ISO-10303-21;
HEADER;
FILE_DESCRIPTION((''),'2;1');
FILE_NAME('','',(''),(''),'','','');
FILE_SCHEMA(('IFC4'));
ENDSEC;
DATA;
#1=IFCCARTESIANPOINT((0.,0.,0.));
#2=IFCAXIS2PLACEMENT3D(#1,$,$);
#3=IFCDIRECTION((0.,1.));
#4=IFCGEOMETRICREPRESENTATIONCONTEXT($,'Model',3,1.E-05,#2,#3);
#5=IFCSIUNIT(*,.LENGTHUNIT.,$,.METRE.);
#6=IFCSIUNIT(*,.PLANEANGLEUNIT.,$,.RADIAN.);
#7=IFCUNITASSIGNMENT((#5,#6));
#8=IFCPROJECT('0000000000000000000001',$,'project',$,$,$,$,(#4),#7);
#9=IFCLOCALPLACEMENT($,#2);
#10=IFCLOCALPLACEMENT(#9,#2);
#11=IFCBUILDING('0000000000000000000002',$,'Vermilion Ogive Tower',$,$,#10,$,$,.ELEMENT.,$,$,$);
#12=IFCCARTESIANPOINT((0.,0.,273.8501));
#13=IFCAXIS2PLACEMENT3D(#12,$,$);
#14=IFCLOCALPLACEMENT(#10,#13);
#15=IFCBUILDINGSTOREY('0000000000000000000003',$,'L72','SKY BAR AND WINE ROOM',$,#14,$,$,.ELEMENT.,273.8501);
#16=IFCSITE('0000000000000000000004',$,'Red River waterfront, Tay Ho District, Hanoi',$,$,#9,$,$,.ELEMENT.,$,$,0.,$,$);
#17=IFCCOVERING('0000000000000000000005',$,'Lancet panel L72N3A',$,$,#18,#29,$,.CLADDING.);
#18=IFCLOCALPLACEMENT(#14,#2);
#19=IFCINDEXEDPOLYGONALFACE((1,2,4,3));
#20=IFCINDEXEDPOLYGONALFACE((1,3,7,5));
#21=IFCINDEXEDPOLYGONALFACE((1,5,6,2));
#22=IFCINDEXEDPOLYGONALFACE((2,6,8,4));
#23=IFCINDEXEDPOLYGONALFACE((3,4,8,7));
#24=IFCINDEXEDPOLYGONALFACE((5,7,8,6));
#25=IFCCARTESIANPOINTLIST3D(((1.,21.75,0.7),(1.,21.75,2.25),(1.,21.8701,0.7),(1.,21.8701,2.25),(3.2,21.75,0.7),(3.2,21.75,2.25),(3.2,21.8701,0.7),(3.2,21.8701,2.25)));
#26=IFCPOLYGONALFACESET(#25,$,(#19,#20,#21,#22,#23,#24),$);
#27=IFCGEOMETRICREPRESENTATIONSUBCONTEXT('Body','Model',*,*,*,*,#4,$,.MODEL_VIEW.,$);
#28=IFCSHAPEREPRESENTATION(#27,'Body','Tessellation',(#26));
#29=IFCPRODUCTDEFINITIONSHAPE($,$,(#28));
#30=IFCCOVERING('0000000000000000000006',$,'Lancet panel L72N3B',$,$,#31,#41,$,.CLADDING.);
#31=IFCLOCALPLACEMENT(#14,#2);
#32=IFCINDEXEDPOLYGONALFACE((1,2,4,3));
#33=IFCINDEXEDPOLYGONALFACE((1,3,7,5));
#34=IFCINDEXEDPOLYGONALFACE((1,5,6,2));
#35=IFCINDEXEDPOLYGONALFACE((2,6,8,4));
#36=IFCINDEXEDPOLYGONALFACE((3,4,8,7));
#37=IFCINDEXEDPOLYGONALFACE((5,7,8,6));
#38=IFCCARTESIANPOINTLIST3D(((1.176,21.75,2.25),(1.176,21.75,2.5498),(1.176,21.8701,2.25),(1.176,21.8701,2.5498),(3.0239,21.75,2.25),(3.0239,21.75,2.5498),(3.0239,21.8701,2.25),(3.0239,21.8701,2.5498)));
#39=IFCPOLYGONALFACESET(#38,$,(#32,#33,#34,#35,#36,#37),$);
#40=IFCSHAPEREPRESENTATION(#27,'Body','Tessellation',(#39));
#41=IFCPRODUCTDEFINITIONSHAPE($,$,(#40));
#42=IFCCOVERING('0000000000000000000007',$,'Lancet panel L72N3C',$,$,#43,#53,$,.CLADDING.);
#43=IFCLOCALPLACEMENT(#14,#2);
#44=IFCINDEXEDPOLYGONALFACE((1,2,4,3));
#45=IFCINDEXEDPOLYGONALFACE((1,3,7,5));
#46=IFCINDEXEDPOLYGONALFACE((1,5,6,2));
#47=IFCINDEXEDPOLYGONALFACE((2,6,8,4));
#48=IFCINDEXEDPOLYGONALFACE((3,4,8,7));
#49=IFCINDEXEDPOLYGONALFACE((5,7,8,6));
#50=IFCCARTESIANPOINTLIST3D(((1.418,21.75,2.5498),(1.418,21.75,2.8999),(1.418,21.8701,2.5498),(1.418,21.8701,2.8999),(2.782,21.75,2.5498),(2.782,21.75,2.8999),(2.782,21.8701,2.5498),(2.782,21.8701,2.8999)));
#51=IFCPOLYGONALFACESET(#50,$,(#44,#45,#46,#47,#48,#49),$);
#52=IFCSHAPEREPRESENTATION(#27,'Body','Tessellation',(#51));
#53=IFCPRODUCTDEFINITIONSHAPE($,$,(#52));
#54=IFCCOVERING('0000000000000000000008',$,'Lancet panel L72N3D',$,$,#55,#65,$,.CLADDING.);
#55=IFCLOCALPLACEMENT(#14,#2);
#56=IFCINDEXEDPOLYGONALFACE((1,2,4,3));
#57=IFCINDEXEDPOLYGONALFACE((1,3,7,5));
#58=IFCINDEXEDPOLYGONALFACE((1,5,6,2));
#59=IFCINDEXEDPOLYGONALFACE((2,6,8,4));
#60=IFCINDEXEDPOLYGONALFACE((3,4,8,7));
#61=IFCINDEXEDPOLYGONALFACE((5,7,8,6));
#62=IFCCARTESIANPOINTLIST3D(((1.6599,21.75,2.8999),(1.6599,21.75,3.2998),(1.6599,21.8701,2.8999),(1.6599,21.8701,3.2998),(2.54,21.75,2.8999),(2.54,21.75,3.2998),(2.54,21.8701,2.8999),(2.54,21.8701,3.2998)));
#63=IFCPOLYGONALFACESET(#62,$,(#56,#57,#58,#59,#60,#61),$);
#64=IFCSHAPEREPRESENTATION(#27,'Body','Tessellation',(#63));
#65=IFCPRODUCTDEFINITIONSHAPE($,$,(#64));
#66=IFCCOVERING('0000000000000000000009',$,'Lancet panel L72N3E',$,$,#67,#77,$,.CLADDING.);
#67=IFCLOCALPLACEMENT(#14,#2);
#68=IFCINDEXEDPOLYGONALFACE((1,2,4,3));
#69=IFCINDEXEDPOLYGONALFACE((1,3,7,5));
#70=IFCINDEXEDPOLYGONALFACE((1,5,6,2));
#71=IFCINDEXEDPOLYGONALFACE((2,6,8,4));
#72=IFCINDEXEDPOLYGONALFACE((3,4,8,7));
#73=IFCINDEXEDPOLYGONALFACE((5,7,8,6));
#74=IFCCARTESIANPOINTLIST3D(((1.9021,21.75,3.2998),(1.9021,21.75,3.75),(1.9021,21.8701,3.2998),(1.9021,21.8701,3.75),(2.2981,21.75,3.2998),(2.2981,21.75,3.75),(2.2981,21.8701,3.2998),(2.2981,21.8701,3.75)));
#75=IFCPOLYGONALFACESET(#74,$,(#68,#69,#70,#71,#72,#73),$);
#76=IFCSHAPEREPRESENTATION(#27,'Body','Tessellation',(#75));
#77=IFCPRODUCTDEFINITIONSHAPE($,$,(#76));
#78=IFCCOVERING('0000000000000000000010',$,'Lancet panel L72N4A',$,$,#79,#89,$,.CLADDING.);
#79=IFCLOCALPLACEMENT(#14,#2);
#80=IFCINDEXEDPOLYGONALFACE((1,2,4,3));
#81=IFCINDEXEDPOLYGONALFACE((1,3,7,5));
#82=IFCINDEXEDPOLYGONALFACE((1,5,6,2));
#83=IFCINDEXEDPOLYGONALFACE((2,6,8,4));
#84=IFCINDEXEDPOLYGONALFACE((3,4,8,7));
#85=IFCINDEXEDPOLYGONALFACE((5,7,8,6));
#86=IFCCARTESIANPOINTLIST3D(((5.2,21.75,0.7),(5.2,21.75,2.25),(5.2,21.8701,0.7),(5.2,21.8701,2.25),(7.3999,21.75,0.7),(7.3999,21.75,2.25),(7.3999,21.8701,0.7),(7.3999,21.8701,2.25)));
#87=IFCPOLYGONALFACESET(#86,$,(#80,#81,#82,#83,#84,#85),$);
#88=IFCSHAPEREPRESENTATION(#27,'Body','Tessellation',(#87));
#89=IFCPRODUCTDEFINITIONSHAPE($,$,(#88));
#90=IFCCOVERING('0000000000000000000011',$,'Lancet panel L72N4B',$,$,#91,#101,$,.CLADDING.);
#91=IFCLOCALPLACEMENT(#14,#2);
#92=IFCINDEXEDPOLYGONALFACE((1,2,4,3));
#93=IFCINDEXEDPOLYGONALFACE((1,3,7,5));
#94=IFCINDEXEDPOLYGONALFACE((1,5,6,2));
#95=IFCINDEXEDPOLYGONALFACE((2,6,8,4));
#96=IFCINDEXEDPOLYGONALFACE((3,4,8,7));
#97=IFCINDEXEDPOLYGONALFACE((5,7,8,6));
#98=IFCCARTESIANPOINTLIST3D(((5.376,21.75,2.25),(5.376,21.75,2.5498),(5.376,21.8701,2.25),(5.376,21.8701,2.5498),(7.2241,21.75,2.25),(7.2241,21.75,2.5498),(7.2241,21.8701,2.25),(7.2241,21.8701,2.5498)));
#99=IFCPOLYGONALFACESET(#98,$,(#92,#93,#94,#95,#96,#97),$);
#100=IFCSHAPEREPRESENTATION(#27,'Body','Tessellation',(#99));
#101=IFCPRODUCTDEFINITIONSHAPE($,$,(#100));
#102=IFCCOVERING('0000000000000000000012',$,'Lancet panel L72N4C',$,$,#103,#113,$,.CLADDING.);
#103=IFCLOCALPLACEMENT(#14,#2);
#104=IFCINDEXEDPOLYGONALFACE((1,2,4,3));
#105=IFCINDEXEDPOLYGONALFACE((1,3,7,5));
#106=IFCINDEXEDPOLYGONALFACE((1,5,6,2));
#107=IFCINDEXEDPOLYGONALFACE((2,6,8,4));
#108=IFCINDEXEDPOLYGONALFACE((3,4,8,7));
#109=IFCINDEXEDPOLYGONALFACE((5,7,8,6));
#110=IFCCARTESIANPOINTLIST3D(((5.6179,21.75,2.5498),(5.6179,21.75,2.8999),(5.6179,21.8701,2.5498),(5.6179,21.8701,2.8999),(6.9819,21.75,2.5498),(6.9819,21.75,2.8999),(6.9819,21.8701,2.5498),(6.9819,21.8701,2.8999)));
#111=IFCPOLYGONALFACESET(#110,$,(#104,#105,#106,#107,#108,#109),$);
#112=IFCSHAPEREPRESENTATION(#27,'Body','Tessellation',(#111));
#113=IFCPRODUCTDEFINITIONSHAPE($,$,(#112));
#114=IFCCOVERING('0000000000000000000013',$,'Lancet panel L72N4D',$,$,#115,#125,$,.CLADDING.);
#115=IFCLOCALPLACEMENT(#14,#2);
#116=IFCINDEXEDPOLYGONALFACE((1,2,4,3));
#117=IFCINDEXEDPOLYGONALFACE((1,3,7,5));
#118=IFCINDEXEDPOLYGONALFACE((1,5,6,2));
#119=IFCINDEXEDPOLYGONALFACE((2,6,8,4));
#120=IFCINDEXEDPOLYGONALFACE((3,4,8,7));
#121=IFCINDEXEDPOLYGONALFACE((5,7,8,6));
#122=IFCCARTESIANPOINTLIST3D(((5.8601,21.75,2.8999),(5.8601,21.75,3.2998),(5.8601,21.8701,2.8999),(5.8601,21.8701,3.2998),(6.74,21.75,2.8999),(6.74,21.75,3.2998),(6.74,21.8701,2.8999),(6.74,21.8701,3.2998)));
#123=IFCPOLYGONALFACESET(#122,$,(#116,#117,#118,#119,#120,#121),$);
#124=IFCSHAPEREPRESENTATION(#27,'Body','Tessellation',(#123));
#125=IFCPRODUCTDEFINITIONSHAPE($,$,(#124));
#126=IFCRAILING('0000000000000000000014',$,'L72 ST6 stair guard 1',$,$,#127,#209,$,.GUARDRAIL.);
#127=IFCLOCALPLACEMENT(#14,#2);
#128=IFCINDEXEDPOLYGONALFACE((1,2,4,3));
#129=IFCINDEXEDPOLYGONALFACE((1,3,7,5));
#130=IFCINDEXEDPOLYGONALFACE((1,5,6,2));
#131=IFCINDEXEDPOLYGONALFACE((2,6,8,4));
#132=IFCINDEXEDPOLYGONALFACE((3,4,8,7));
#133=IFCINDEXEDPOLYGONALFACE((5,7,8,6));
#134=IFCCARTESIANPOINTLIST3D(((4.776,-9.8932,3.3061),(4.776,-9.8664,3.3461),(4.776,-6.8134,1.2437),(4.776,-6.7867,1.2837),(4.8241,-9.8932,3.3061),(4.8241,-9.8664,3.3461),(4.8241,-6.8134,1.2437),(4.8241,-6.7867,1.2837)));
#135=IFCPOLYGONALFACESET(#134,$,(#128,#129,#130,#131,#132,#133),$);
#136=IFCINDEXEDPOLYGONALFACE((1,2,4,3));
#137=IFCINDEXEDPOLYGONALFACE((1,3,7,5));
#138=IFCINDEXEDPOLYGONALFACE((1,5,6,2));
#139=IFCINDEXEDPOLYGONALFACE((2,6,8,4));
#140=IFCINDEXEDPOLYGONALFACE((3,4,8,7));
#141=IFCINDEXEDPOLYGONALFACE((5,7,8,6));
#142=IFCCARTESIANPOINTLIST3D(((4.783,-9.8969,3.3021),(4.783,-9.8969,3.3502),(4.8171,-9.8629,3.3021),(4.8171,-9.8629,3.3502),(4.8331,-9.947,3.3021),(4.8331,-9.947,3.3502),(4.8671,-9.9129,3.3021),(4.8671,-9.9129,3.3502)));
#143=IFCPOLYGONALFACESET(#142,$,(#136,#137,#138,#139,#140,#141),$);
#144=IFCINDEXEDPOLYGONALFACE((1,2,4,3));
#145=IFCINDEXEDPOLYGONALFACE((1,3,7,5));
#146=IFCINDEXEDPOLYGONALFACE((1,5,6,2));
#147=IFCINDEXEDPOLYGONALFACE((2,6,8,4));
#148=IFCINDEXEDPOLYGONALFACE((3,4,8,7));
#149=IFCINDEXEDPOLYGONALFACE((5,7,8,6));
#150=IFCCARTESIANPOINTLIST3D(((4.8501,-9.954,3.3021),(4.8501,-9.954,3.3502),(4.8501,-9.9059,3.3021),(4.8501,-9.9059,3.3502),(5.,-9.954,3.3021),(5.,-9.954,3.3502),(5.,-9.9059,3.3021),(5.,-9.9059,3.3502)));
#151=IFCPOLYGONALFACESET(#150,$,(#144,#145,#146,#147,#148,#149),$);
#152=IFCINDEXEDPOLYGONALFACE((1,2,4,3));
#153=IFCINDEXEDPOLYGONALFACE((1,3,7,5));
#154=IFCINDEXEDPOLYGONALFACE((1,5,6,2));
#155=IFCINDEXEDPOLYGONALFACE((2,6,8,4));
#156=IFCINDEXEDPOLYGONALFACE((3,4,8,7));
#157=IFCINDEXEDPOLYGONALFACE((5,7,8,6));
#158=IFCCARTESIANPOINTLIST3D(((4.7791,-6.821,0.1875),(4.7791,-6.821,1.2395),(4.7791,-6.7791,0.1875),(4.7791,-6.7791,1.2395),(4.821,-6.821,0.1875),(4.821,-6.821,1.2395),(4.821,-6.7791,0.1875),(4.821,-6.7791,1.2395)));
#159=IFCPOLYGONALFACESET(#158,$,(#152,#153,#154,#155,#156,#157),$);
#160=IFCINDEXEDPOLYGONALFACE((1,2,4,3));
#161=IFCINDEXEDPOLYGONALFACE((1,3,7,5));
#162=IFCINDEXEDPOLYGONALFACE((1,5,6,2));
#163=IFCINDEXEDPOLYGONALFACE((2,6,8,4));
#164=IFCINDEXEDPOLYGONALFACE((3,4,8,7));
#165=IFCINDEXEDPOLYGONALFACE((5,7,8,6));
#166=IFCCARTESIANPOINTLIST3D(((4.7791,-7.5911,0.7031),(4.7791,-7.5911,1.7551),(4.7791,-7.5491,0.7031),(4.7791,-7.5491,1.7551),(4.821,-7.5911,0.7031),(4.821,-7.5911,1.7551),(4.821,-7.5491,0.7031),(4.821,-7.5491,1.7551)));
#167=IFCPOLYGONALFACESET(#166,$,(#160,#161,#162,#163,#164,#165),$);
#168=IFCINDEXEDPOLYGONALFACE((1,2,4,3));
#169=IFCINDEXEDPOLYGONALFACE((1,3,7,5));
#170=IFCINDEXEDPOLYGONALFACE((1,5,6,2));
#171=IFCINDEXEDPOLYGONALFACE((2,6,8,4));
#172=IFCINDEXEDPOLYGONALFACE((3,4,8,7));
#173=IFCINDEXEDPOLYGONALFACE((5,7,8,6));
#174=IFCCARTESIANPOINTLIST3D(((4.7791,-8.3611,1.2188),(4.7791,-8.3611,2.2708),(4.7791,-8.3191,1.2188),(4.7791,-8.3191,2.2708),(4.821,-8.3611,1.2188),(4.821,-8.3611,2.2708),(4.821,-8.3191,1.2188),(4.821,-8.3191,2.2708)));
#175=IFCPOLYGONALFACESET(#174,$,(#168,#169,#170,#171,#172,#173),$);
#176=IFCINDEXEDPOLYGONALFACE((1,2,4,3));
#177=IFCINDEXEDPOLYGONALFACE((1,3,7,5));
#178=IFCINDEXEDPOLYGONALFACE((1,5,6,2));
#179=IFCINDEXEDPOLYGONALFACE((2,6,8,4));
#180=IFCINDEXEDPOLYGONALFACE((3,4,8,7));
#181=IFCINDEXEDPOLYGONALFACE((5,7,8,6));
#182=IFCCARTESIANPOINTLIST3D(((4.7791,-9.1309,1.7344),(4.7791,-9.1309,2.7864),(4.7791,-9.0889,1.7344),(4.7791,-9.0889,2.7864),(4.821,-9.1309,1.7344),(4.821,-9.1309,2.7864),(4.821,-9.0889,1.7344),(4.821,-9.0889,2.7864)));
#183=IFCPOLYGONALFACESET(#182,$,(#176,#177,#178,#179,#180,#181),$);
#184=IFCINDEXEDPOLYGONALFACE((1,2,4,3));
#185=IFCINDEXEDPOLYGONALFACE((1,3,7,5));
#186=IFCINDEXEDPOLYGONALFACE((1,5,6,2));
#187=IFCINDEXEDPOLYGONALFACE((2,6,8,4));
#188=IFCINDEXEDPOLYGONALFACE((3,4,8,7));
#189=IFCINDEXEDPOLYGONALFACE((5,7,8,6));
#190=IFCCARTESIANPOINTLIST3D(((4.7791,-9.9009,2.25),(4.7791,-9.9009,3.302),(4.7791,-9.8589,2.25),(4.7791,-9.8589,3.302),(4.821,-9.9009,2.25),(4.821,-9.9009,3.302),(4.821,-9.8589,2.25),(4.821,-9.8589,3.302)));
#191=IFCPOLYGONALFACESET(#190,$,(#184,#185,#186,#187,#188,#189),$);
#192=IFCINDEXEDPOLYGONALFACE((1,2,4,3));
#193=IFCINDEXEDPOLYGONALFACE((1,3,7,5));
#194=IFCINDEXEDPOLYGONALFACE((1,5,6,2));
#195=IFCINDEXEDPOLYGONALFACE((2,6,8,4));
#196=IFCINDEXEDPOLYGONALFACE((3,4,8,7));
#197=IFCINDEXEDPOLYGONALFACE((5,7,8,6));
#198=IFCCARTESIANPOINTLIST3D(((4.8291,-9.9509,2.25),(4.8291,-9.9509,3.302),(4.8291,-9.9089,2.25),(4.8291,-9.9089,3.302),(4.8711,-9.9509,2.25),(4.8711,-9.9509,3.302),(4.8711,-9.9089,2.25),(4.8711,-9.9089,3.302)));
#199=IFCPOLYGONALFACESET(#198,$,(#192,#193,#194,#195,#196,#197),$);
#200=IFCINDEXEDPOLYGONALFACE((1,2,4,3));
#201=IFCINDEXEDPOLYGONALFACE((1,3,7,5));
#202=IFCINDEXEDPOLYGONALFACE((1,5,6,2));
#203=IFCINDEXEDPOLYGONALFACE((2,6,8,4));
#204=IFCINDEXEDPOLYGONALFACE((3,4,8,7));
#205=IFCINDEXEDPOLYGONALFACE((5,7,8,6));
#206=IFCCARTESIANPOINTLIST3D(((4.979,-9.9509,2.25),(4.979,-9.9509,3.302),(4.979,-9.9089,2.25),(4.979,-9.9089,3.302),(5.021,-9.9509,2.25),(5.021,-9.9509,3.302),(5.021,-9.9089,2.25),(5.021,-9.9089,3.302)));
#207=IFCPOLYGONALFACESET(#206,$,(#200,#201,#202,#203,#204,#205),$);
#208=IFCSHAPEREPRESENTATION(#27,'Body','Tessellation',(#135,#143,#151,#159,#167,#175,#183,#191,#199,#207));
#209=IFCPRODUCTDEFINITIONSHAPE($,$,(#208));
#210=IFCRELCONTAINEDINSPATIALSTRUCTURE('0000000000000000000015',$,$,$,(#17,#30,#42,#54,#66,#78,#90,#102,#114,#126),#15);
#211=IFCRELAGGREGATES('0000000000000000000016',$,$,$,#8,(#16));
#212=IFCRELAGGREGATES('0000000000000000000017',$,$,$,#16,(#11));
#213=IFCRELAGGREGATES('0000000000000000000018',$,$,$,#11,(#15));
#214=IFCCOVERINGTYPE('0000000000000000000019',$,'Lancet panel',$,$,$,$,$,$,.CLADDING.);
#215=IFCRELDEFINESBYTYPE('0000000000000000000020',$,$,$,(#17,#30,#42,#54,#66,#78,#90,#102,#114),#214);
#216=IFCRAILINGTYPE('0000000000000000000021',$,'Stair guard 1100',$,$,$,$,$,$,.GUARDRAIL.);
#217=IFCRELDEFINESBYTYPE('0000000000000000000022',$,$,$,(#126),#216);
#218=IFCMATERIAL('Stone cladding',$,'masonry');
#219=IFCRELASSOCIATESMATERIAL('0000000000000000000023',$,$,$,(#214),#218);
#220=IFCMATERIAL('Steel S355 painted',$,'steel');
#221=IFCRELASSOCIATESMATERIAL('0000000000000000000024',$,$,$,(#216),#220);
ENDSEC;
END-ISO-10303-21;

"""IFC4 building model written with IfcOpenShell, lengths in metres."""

from ifc_helpers import new_model, si_unit, direction, frame, origin, origin_2d, place, context, subcontext, project, spatial, polyline, rectangle, outline, extrude, material, type_object, element, save


model = new_model("IFC4")

# Units and contexts
model_context = context("Model", 3, precision=1e-05, world=origin(), true_north=direction((0.0, 1.0)))
body_context = subcontext(model_context, "Body", "Model", "MODEL_VIEW")
ifc_project = project(units=[si_unit("LENGTHUNIT", "METRE"), si_unit("PLANEANGLEUNIT", "RADIAN")], contexts=[model_context])

# Site, building, storey
site_placement = place(None, origin())
site = spatial("IfcSite", under=ifc_project, at=site_placement, Name="Red River waterfront, Tay Ho District, Hanoi", CompositionType="ELEMENT", RefElevation=0.0)
building_placement = place(site_placement, origin())
building = spatial("IfcBuilding", under=site, at=building_placement, Name="Vermilion Ogive Tower", CompositionType="ELEMENT")
storey_placement = place(building_placement, frame((0.0, 0.0, 273.8501)))
storey = spatial("IfcBuildingStorey", under=building, at=storey_placement, Name="L72", Description="SKY BAR AND WINE ROOM", CompositionType="ELEMENT", Elevation=273.8501)

# Coverings
ifc_material_1 = material(Name="Stone cladding", Category="masonry")
covering_type_1 = type_object("IfcCoveringType", Name="Lancet panel", PredefinedType="CLADDING", material=ifc_material_1)
covering_1_placement = place(storey_placement, frame((0.0, 0.0, 0.7)))
element("IfcCovering", 1, at=covering_1_placement, inside=storey, type_object=covering_type_1, Name="Lancet panel L72N3A", PredefinedType="CLADDING", context=body_context, shape_type="SweptSolid", body=[
    extrude(outline(polyline([(1.0, 21.75), (3.2, 21.75), (3.2, 21.8701), (1.0, 21.8701), (1.0, 21.75)])), origin(), (0.0, 0.0, 1.0), 1.55),
])
covering_2_placement = place(storey_placement, frame((0.0, 0.0, 2.25)))
element("IfcCovering", 2, at=covering_2_placement, inside=storey, type_object=covering_type_1, Name="Lancet panel L72N3B", PredefinedType="CLADDING", context=body_context, shape_type="SweptSolid", body=[
    extrude(outline(polyline([(1.176, 21.75), (3.0239, 21.75), (3.0239, 21.8701), (1.176, 21.8701), (1.176, 21.75)])), origin(), (0.0, 0.0, 1.0), 0.2998),
])
covering_3_placement = place(storey_placement, frame((0.0, 0.0, 2.5498)))
element("IfcCovering", 3, at=covering_3_placement, inside=storey, type_object=covering_type_1, Name="Lancet panel L72N3C", PredefinedType="CLADDING", context=body_context, shape_type="SweptSolid", body=[
    extrude(outline(polyline([(1.418, 21.75), (2.782, 21.75), (2.782, 21.8701), (1.418, 21.8701), (1.418, 21.75)])), origin(), (0.0, 0.0, 1.0), 0.3501),
])
covering_4_placement = place(storey_placement, frame((0.0, 0.0, 2.8999)))
element("IfcCovering", 4, at=covering_4_placement, inside=storey, type_object=covering_type_1, Name="Lancet panel L72N3D", PredefinedType="CLADDING", context=body_context, shape_type="SweptSolid", body=[
    extrude(outline(polyline([(1.6599, 21.75), (2.54, 21.75), (2.54, 21.8701), (1.6599, 21.8701), (1.6599, 21.75)])), origin(), (0.0, 0.0, 1.0), 0.3999),
])
covering_5_placement = place(storey_placement, frame((0.0, 0.0, 3.2998)))
element("IfcCovering", 5, at=covering_5_placement, inside=storey, type_object=covering_type_1, Name="Lancet panel L72N3E", PredefinedType="CLADDING", context=body_context, shape_type="SweptSolid", body=[
    extrude(outline(polyline([(1.9021, 21.75), (2.2981, 21.75), (2.2981, 21.8701), (1.9021, 21.8701), (1.9021, 21.75)])), origin(), (0.0, 0.0, 1.0), 0.4502),
])
covering_6_placement = place(storey_placement, frame((0.0, 0.0, 0.7)))
element("IfcCovering", 6, at=covering_6_placement, inside=storey, type_object=covering_type_1, Name="Lancet panel L72N4A", PredefinedType="CLADDING", context=body_context, shape_type="SweptSolid", body=[
    extrude(outline(polyline([(5.2, 21.75), (7.3999, 21.75), (7.3999, 21.8701), (5.2, 21.8701), (5.2, 21.75)])), origin(), (0.0, 0.0, 1.0), 1.55),
])
covering_7_placement = place(storey_placement, frame((0.0, 0.0, 2.25)))
element("IfcCovering", 7, at=covering_7_placement, inside=storey, type_object=covering_type_1, Name="Lancet panel L72N4B", PredefinedType="CLADDING", context=body_context, shape_type="SweptSolid", body=[
    extrude(outline(polyline([(5.376, 21.75), (7.2241, 21.75), (7.2241, 21.8701), (5.376, 21.8701), (5.376, 21.75)])), origin(), (0.0, 0.0, 1.0), 0.2998),
])
covering_8_placement = place(storey_placement, frame((0.0, 0.0, 2.5498)))
element("IfcCovering", 8, at=covering_8_placement, inside=storey, type_object=covering_type_1, Name="Lancet panel L72N4C", PredefinedType="CLADDING", context=body_context, shape_type="SweptSolid", body=[
    extrude(outline(polyline([(5.6179, 21.75), (6.9819, 21.75), (6.9819, 21.8701), (5.6179, 21.8701), (5.6179, 21.75)])), origin(), (0.0, 0.0, 1.0), 0.3501),
])
covering_9_placement = place(storey_placement, frame((0.0, 0.0, 2.8999)))
element("IfcCovering", 9, at=covering_9_placement, inside=storey, type_object=covering_type_1, Name="Lancet panel L72N4D", PredefinedType="CLADDING", context=body_context, shape_type="SweptSolid", body=[
    extrude(outline(polyline([(5.8601, 21.75), (6.74, 21.75), (6.74, 21.8701), (5.8601, 21.8701), (5.8601, 21.75)])), origin(), (0.0, 0.0, 1.0), 0.3999),
])

# Railing
ifc_material_2 = material(Name="Steel S355 painted", Category="steel")
railing_type_1 = type_object("IfcRailingType", Name="Stair guard 1100", PredefinedType="GUARDRAIL", material=ifc_material_2)
railing_1_placement = place(storey_placement, frame((4.8, -6.8, 0.1875)))
element("IfcRailing", 10, at=railing_1_placement, inside=storey, type_object=railing_type_1, Name="L72 ST6 stair guard 1", PredefinedType="GUARDRAIL", context=body_context, shape_type="SweptSolid", body=[
    extrude(rectangle(XDim=0.0481, YDim=0.0481, at=origin_2d()), frame((0.0, 0.0, 1.0762), z_axis=(0.0, -0.830893, 0.556432), x_axis=(1.0, 0.0, 0.0)), (0.0, 0.0, 1.0), 3.7065),
    extrude(rectangle(XDim=0.0481, YDim=0.0481, at=origin_2d()), frame((0.0, -3.0798, 3.1387), z_axis=(0.707107, -0.707107, 0.0), x_axis=(0.707107, 0.707107, 0.0)), (0.0, 0.0, 1.0), 0.0708),
    extrude(rectangle(XDim=0.0481, YDim=0.0481, at=origin_2d()), frame((0.05, -3.1299, 3.1387), z_axis=(1.0, 0.0, 0.0), x_axis=(0.0, 1.0, 0.0)), (0.0, 0.0, 1.0), 0.1499),
    extrude(rectangle(XDim=0.042, YDim=0.042, at=origin_2d()), origin(), (0.0, 0.0, 1.0), 1.052),
    extrude(rectangle(XDim=0.042, YDim=0.042, at=origin_2d()), frame((0.0, -0.77, 0.5156)), (0.0, 0.0, 1.0), 1.052),
    extrude(rectangle(XDim=0.042, YDim=0.042, at=origin_2d()), frame((0.0, -1.54, 1.0312)), (0.0, 0.0, 1.0), 1.052),
    extrude(rectangle(XDim=0.042, YDim=0.042, at=origin_2d()), frame((0.0, -2.3098, 1.5469)), (0.0, 0.0, 1.0), 1.052),
    extrude(rectangle(XDim=0.042, YDim=0.042, at=origin_2d()), frame((0.0, -3.0798, 2.0625)), (0.0, 0.0, 1.0), 1.052),
    extrude(rectangle(XDim=0.042, YDim=0.042, at=origin_2d()), frame((0.05, -3.1299, 2.0625)), (0.0, 0.0, 1.0), 1.052),
    extrude(rectangle(XDim=0.042, YDim=0.042, at=origin_2d()), frame((0.2, -3.1299, 2.0625)), (0.0, 0.0, 1.0), 1.052),
])

save(model, "model.ifc")
